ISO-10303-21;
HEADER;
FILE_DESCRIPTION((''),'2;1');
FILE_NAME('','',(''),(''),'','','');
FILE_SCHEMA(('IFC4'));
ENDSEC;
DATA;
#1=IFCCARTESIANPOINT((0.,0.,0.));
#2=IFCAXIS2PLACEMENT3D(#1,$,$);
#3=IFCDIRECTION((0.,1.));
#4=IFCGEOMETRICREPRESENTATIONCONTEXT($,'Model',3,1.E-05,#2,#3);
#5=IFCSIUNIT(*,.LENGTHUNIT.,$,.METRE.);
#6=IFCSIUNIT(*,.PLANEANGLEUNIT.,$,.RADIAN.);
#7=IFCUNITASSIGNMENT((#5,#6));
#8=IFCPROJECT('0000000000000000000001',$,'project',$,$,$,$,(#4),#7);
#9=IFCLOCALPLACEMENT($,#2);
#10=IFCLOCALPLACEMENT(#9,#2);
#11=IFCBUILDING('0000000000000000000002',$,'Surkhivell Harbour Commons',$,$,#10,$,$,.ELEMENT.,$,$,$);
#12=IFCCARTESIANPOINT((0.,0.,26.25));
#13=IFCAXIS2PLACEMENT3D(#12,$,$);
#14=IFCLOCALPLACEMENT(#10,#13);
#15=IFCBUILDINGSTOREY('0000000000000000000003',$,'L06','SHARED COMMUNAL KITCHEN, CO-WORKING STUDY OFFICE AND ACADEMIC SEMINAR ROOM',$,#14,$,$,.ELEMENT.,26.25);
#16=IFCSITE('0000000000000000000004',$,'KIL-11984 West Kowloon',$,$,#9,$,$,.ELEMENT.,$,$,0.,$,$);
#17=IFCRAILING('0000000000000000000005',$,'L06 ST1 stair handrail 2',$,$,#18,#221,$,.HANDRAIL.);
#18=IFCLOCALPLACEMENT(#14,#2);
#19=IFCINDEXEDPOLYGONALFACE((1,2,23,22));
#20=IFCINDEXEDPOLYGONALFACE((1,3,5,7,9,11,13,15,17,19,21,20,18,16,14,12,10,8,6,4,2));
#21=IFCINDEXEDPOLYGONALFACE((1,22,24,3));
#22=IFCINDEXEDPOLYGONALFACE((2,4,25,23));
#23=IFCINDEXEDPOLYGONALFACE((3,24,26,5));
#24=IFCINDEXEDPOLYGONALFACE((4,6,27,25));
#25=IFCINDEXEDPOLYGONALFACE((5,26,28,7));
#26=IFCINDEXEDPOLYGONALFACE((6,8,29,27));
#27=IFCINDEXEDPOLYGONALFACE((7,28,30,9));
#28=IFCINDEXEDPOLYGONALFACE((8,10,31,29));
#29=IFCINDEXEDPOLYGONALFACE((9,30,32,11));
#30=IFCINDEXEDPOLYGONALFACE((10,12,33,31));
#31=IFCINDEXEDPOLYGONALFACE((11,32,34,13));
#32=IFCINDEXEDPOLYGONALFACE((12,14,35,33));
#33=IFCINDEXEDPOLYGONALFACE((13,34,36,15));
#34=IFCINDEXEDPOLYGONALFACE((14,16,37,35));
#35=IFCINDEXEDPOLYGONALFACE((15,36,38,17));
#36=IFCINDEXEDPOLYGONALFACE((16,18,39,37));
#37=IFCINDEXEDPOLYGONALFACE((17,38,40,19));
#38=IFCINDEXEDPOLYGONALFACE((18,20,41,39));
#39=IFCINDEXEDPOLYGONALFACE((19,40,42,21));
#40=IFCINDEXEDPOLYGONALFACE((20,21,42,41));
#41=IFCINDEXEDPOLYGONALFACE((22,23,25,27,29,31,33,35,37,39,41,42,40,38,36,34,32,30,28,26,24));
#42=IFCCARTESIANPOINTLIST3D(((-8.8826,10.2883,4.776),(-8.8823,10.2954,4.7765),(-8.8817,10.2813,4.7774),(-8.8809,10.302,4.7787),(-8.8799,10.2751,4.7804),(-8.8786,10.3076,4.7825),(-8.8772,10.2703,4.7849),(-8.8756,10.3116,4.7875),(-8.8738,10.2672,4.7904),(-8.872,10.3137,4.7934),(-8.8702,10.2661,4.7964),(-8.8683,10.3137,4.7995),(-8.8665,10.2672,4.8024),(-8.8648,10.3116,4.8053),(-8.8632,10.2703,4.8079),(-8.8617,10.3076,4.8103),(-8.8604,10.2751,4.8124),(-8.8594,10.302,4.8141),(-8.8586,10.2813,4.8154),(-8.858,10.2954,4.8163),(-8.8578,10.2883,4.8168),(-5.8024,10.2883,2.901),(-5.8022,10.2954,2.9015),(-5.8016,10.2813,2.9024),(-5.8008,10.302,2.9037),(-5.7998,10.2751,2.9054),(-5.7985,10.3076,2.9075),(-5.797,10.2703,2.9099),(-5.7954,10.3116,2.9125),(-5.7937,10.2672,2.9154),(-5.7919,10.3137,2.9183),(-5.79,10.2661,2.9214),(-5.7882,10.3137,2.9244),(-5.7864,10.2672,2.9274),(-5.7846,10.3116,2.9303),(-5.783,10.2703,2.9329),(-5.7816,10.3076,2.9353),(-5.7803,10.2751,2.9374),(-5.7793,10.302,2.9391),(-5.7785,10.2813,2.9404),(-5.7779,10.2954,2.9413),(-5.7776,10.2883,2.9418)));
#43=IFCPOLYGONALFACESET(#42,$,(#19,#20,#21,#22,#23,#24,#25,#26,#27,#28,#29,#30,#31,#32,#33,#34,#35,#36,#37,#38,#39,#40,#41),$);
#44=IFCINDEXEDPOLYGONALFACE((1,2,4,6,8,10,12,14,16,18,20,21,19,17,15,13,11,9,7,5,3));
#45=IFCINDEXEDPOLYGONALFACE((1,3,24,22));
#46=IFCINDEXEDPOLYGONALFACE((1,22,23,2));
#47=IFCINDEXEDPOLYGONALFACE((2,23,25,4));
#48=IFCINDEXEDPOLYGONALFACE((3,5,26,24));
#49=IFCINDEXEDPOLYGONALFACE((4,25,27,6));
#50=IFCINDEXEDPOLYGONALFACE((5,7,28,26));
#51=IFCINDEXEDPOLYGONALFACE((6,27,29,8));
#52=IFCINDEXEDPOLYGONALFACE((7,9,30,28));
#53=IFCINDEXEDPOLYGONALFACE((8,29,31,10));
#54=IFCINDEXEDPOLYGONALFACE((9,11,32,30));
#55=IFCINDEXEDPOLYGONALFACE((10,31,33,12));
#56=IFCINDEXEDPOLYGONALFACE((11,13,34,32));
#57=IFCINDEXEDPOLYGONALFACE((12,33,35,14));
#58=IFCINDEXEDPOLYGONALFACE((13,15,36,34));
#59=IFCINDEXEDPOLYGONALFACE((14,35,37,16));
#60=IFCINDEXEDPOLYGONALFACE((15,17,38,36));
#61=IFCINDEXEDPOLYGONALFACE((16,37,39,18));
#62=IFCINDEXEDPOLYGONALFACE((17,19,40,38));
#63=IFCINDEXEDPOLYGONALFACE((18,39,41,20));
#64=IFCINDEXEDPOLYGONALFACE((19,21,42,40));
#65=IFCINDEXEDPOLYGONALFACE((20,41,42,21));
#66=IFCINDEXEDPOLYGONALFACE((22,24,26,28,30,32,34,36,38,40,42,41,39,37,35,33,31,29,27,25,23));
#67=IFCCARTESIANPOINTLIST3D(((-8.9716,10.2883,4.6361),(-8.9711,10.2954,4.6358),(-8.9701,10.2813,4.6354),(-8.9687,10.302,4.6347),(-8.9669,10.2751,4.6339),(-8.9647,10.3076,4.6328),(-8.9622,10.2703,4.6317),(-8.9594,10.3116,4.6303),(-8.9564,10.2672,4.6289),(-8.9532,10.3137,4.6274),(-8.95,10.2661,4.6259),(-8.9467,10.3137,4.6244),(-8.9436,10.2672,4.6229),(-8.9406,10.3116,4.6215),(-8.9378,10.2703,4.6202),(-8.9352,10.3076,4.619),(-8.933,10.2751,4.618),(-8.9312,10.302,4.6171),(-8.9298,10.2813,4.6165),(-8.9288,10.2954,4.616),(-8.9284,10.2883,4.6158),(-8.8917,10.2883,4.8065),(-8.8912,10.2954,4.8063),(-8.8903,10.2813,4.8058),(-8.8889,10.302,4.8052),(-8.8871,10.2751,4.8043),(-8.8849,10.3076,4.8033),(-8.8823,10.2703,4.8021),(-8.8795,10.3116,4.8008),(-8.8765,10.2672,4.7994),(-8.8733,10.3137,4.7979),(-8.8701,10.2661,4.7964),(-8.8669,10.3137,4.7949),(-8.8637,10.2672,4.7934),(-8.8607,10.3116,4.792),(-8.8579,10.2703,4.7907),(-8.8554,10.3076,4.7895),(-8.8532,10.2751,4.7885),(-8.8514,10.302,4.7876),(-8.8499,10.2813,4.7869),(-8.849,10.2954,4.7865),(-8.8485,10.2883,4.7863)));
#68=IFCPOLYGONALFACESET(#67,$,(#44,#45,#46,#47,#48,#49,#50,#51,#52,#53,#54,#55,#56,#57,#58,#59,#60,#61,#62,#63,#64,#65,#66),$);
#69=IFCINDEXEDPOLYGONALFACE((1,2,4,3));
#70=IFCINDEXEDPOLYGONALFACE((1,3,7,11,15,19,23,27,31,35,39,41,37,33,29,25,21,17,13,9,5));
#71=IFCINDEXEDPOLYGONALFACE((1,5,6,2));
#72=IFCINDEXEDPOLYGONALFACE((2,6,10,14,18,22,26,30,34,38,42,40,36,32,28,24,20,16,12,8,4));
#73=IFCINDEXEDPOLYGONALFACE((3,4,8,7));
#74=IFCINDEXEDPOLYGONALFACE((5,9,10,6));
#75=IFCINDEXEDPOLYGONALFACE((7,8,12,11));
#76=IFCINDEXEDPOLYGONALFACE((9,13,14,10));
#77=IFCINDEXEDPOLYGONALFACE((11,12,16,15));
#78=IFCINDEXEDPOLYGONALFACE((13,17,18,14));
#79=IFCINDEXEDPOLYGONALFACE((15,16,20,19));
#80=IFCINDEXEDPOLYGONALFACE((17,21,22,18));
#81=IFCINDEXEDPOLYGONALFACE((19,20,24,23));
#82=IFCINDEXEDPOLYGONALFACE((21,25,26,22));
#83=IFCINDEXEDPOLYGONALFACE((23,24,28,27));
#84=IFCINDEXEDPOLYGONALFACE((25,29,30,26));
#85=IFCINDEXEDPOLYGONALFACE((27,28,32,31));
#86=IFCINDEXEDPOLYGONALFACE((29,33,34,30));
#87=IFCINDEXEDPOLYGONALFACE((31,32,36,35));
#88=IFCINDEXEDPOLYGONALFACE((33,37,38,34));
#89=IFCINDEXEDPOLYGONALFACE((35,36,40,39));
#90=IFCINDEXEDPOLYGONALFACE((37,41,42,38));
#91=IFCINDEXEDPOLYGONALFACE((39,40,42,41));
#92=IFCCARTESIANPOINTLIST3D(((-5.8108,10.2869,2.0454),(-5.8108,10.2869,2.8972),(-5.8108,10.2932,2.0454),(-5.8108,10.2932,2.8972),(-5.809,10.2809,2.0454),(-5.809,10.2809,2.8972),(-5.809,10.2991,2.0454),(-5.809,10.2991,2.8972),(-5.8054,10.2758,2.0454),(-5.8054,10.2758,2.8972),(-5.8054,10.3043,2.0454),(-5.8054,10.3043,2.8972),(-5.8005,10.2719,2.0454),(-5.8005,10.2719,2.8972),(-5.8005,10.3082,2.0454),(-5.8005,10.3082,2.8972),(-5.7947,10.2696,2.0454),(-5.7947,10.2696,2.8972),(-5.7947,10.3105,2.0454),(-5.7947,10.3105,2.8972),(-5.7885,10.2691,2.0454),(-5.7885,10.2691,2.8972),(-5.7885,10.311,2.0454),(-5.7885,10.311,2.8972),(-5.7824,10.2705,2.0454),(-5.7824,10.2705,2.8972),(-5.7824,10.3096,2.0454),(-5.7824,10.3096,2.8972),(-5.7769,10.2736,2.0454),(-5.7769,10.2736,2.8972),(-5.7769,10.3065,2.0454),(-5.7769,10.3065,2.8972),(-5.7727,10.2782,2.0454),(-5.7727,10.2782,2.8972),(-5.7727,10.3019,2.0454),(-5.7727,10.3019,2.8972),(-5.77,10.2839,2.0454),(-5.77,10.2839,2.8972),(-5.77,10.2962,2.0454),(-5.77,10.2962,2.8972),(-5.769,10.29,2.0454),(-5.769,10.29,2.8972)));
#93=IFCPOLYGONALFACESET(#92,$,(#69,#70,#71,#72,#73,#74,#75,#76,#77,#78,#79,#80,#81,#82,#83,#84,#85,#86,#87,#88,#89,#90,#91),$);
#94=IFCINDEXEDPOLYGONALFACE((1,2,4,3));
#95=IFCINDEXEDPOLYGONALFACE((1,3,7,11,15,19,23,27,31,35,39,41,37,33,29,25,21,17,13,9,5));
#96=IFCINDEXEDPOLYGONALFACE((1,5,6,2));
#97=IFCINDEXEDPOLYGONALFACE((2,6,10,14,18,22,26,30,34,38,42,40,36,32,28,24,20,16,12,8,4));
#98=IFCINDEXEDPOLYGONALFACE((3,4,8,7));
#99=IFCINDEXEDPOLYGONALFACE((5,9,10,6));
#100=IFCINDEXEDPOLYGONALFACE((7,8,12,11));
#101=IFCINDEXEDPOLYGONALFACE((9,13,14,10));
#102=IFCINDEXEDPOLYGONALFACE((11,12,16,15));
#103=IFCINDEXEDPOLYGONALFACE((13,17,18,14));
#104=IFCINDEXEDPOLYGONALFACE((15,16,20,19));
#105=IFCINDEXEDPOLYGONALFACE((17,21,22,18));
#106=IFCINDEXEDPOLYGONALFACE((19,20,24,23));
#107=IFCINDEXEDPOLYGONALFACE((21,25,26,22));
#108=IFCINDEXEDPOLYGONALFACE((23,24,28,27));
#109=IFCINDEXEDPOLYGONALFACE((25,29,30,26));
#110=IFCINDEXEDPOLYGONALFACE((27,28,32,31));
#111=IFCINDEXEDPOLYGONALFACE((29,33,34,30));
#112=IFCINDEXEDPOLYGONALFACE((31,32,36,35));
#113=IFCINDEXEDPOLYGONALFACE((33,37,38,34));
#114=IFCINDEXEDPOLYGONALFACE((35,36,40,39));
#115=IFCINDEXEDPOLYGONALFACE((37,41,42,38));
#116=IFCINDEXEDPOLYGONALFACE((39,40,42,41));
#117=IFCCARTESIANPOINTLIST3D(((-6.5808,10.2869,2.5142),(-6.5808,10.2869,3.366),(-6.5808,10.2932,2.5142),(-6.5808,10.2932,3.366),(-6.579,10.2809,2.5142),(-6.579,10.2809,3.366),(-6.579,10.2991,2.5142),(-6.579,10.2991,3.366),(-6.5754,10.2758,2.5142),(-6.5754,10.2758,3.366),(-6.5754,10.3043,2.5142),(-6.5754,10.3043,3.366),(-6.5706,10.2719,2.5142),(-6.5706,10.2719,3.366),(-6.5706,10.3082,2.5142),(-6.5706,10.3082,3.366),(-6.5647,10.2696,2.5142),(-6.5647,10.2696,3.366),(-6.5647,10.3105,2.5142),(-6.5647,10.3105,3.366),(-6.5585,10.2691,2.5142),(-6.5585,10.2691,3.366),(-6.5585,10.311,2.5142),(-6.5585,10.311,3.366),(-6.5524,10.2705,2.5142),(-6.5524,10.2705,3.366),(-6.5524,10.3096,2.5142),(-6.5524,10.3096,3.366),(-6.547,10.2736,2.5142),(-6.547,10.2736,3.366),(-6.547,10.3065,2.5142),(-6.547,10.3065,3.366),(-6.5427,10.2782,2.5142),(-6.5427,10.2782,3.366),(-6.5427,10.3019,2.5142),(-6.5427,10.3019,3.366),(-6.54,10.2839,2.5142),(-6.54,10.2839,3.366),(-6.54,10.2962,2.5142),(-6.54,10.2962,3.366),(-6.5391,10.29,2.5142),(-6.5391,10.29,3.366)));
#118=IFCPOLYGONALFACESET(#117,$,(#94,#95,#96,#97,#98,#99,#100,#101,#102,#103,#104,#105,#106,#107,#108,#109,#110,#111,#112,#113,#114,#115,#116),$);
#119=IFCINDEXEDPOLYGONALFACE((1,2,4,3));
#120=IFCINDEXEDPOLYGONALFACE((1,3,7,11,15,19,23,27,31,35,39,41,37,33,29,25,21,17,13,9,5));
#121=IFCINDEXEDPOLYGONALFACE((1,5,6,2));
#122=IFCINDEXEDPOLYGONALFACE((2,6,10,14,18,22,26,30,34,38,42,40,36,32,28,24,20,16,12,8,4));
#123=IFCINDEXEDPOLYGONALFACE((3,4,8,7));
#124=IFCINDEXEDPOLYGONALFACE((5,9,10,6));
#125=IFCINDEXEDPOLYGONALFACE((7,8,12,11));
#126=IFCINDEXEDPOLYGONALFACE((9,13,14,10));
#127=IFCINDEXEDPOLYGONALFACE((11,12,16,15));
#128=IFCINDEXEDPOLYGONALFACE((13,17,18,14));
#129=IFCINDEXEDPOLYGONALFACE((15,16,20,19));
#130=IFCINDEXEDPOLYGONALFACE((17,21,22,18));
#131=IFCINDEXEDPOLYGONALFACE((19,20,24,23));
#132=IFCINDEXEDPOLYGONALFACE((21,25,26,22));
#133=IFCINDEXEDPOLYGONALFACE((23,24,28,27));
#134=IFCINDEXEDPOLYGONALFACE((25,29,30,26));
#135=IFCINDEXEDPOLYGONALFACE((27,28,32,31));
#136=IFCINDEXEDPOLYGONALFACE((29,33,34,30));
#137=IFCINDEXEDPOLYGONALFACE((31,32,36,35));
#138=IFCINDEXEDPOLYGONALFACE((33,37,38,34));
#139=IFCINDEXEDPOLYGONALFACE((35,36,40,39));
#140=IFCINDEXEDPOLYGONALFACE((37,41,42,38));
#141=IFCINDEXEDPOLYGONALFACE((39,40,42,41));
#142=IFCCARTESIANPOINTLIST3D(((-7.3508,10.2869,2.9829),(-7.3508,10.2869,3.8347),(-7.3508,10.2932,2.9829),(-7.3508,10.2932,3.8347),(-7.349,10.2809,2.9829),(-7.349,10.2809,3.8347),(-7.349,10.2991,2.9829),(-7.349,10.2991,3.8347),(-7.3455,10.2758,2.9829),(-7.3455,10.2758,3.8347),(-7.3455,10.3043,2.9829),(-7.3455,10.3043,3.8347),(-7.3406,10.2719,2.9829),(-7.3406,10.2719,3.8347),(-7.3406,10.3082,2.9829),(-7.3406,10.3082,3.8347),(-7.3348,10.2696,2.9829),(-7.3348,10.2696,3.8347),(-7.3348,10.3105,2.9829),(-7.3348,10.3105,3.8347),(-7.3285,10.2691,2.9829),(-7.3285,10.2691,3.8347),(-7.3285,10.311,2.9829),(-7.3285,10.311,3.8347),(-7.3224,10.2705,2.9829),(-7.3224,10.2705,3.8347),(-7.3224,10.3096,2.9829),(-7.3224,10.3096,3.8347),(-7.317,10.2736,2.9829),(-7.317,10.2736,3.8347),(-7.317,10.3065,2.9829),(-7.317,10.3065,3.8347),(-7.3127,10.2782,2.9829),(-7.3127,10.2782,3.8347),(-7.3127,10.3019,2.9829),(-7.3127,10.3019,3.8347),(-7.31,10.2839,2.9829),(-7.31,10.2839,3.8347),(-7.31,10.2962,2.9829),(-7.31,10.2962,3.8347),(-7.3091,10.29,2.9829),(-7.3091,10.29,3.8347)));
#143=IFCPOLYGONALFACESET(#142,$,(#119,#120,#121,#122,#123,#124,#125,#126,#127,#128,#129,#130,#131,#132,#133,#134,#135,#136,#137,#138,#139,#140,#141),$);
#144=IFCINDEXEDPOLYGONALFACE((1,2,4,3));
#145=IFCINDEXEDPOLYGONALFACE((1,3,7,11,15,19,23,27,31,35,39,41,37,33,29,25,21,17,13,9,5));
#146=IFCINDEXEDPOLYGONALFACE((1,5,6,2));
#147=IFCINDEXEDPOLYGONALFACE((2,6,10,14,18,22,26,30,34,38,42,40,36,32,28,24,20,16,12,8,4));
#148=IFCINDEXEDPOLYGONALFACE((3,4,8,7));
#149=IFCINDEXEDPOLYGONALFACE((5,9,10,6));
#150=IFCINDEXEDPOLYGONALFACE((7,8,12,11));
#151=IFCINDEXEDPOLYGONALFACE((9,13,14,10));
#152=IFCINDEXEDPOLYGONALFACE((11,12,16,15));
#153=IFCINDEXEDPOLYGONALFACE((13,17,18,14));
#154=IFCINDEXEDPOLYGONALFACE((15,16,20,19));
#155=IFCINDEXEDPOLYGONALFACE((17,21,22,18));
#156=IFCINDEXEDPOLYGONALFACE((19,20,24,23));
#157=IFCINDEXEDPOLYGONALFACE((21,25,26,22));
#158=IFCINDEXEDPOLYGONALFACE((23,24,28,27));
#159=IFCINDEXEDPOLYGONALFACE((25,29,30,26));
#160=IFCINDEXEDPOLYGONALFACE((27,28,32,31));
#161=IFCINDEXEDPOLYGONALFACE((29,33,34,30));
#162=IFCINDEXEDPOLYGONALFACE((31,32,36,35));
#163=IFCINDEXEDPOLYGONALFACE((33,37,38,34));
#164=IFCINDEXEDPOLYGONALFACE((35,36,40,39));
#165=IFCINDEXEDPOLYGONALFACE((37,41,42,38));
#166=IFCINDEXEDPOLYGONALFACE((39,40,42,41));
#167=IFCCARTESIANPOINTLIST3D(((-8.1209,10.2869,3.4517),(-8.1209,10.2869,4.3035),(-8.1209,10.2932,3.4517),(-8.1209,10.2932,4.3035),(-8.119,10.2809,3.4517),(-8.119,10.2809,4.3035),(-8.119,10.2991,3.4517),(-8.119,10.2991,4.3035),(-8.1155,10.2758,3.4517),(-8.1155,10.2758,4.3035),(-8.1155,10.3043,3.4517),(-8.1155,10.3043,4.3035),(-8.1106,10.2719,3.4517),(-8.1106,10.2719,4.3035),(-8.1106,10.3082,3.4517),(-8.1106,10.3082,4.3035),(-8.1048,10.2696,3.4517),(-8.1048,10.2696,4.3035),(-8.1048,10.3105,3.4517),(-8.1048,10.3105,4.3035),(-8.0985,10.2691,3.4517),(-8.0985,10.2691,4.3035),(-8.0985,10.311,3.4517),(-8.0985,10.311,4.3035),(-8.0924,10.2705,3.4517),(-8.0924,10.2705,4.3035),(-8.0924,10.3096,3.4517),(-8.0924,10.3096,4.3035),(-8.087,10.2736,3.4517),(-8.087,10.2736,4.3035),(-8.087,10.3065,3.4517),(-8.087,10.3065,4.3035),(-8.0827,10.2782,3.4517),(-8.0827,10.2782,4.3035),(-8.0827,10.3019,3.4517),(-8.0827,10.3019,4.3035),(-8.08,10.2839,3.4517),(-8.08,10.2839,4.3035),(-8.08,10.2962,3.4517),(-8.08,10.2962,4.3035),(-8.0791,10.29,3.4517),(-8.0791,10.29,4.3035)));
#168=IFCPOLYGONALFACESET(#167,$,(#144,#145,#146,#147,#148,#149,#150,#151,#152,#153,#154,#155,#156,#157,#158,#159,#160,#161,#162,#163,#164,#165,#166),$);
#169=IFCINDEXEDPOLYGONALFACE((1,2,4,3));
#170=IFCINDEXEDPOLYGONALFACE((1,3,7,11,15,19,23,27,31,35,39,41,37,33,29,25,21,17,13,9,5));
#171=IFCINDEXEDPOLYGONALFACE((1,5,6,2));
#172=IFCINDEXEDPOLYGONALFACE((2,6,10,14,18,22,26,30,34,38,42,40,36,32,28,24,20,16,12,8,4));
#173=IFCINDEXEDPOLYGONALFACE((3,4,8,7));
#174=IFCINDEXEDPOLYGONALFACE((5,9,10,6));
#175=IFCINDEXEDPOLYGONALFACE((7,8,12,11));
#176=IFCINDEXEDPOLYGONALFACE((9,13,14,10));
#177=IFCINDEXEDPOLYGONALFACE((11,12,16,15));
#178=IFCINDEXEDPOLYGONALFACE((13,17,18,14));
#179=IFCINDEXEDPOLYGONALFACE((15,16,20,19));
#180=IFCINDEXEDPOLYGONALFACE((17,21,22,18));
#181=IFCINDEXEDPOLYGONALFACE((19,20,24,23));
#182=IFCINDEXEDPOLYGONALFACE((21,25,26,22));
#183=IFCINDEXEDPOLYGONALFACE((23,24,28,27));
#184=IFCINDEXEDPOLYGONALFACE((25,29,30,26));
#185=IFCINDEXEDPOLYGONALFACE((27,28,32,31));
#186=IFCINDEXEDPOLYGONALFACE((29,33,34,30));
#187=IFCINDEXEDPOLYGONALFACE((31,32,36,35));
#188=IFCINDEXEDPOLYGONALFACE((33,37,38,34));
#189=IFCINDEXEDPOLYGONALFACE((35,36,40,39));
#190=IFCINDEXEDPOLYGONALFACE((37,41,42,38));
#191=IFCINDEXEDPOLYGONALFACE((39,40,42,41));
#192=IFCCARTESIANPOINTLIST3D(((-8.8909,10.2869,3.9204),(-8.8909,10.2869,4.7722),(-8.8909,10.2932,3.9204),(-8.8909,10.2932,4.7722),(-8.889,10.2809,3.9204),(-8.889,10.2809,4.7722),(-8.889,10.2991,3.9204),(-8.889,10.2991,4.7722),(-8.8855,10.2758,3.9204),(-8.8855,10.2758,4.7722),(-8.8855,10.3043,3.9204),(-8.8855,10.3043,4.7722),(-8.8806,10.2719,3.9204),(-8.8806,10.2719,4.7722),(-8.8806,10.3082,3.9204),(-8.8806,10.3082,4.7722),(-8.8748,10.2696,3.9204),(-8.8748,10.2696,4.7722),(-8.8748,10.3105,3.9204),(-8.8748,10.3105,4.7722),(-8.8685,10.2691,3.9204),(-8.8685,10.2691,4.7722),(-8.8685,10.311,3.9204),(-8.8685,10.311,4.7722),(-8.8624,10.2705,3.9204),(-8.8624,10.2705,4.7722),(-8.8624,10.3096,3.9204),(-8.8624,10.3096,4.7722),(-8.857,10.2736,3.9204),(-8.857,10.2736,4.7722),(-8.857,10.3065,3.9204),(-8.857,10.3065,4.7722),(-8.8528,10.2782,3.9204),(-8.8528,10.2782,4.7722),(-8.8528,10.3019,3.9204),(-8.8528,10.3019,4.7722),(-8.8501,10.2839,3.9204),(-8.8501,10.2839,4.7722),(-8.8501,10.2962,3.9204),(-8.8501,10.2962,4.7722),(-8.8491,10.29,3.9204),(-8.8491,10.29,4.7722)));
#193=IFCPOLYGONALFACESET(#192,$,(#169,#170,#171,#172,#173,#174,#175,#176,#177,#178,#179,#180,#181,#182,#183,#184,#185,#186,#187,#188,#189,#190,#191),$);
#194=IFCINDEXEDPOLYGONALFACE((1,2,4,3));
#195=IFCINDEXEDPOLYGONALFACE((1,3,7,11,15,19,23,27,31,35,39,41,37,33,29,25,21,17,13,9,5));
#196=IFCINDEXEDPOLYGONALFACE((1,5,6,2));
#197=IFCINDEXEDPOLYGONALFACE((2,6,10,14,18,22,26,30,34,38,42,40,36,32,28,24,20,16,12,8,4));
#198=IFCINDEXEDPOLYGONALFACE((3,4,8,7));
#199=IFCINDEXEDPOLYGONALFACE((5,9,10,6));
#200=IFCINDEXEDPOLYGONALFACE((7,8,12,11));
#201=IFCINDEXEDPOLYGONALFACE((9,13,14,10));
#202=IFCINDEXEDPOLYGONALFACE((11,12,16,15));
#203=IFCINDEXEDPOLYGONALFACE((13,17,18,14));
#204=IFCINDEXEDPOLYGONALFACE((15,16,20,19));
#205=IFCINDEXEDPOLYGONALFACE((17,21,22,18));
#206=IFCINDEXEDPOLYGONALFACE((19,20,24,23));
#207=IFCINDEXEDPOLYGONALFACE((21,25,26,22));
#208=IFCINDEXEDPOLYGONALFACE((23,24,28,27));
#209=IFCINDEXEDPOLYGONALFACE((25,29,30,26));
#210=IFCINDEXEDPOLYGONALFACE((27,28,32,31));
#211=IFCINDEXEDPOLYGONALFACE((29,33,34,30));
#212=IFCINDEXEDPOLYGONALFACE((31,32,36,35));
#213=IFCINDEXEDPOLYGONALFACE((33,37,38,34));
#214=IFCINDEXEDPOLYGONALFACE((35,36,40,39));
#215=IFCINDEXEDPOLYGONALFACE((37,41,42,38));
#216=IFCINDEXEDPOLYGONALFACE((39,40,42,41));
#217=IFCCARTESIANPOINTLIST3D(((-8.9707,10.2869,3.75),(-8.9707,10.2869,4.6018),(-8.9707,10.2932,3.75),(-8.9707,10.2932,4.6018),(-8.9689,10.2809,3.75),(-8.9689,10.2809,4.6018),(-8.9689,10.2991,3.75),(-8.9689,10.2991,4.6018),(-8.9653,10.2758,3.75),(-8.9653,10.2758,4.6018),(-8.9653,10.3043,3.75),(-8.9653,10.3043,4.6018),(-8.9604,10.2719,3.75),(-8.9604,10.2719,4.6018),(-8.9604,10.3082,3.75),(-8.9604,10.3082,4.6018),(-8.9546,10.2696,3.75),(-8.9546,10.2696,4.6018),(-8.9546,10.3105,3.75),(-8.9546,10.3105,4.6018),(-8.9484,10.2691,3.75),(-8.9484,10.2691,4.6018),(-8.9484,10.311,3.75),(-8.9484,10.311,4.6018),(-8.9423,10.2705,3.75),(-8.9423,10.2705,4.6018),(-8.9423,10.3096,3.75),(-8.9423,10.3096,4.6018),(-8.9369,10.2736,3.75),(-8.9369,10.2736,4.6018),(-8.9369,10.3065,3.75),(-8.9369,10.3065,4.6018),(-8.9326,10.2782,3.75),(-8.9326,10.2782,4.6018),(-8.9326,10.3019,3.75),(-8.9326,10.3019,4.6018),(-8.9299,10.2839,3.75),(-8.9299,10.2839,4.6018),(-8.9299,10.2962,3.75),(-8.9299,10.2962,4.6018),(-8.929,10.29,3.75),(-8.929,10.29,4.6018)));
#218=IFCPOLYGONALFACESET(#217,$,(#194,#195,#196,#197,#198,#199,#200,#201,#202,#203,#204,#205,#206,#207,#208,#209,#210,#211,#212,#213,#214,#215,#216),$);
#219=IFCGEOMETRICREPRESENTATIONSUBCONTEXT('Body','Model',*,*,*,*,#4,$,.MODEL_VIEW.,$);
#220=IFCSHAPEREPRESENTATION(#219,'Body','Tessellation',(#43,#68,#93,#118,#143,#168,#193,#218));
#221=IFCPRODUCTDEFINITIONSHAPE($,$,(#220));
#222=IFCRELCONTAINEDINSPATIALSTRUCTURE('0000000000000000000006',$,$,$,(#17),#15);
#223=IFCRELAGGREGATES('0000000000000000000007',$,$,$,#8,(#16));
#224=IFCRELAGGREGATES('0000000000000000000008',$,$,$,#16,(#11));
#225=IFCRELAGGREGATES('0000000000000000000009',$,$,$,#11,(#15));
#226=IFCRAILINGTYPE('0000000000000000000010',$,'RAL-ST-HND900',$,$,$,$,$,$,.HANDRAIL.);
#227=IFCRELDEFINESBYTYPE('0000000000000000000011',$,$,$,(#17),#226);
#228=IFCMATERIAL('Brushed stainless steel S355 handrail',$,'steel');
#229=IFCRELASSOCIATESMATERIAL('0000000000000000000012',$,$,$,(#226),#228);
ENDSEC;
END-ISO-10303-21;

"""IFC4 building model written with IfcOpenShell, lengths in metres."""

from ifc_helpers import new_model, si_unit, direction, frame, origin, origin_2d, place, context, subcontext, project, spatial, circle, extrude, material, type_object, element, save


model = new_model("IFC4")

# Units and contexts
model_context = context("Model", 3, precision=1e-05, world=origin(), true_north=direction((0.0, 1.0)))
body_context = subcontext(model_context, "Body", "Model", "MODEL_VIEW")
ifc_project = project(units=[si_unit("LENGTHUNIT", "METRE"), si_unit("PLANEANGLEUNIT", "RADIAN")], contexts=[model_context])

# Site, building, storey
site_placement = place(None, origin())
site = spatial("IfcSite", under=ifc_project, at=site_placement, Name="KIL-11984 West Kowloon", CompositionType="ELEMENT", RefElevation=0.0)
building_placement = place(site_placement, origin())
building = spatial("IfcBuilding", under=site, at=building_placement, Name="Surkhivell Harbour Commons", CompositionType="ELEMENT")
storey_placement = place(building_placement, frame((0.0, 0.0, 26.25)))
storey = spatial("IfcBuildingStorey", under=building, at=storey_placement, Name="L06", Description="SHARED COMMUNAL KITCHEN, CO-WORKING STUDY OFFICE AND ACADEMIC SEMINAR ROOM", CompositionType="ELEMENT", Elevation=26.25)

# Railing
ifc_material_1 = material(Name="Brushed stainless steel S355 handrail", Category="steel")
railing_type_1 = type_object("IfcRailingType", Name="RAL-ST-HND900", PredefinedType="HANDRAIL", material=ifc_material_1)
railing_1_placement = place(storey_placement, frame((-5.79, 10.29, 2.0454)))
element("IfcRailing", 1, at=railing_1_placement, inside=storey, type_object=railing_type_1, Name="L06 ST1 stair handrail 2", PredefinedType="HANDRAIL", context=body_context, shape_type="SweptSolid", body=[
    extrude(circle(Radius=0.0239, at=origin_2d()), frame((0.0, 0.0, 0.876), z_axis=(-0.854178, 0.0, 0.519981), x_axis=(0.0, -1.0, 0.0)), (0.0, 0.0, 1.0), 3.606),
    extrude(circle(Radius=0.0239, at=origin_2d()), frame((-3.0801, 0.0, 2.751), z_axis=(-0.424234, 0.0, -0.905552), x_axis=(0.0, -1.0, 0.0)), (0.0, 0.0, 1.0), 0.1882),
    extrude(circle(Radius=0.021, at=origin_2d()), origin(), (0.0, 0.0, 1.0), 0.8518),
    extrude(circle(Radius=0.021, at=origin_2d()), frame((-0.77, 0.0, 0.4688)), (0.0, 0.0, 1.0), 0.8518),
    extrude(circle(Radius=0.021, at=origin_2d()), frame((-1.54, 0.0, 0.9375)), (0.0, 0.0, 1.0), 0.8518),
    extrude(circle(Radius=0.021, at=origin_2d()), frame((-2.3101, 0.0, 1.4062)), (0.0, 0.0, 1.0), 0.8518),
    extrude(circle(Radius=0.021, at=origin_2d()), frame((-3.0801, 0.0, 1.875)), (0.0, 0.0, 1.0), 0.8518),
    extrude(circle(Radius=0.021, at=origin_2d()), frame((-3.1599, 0.0, 1.7046)), (0.0, 0.0, 1.0), 0.8518),
])

save(model, "model.ifc")
